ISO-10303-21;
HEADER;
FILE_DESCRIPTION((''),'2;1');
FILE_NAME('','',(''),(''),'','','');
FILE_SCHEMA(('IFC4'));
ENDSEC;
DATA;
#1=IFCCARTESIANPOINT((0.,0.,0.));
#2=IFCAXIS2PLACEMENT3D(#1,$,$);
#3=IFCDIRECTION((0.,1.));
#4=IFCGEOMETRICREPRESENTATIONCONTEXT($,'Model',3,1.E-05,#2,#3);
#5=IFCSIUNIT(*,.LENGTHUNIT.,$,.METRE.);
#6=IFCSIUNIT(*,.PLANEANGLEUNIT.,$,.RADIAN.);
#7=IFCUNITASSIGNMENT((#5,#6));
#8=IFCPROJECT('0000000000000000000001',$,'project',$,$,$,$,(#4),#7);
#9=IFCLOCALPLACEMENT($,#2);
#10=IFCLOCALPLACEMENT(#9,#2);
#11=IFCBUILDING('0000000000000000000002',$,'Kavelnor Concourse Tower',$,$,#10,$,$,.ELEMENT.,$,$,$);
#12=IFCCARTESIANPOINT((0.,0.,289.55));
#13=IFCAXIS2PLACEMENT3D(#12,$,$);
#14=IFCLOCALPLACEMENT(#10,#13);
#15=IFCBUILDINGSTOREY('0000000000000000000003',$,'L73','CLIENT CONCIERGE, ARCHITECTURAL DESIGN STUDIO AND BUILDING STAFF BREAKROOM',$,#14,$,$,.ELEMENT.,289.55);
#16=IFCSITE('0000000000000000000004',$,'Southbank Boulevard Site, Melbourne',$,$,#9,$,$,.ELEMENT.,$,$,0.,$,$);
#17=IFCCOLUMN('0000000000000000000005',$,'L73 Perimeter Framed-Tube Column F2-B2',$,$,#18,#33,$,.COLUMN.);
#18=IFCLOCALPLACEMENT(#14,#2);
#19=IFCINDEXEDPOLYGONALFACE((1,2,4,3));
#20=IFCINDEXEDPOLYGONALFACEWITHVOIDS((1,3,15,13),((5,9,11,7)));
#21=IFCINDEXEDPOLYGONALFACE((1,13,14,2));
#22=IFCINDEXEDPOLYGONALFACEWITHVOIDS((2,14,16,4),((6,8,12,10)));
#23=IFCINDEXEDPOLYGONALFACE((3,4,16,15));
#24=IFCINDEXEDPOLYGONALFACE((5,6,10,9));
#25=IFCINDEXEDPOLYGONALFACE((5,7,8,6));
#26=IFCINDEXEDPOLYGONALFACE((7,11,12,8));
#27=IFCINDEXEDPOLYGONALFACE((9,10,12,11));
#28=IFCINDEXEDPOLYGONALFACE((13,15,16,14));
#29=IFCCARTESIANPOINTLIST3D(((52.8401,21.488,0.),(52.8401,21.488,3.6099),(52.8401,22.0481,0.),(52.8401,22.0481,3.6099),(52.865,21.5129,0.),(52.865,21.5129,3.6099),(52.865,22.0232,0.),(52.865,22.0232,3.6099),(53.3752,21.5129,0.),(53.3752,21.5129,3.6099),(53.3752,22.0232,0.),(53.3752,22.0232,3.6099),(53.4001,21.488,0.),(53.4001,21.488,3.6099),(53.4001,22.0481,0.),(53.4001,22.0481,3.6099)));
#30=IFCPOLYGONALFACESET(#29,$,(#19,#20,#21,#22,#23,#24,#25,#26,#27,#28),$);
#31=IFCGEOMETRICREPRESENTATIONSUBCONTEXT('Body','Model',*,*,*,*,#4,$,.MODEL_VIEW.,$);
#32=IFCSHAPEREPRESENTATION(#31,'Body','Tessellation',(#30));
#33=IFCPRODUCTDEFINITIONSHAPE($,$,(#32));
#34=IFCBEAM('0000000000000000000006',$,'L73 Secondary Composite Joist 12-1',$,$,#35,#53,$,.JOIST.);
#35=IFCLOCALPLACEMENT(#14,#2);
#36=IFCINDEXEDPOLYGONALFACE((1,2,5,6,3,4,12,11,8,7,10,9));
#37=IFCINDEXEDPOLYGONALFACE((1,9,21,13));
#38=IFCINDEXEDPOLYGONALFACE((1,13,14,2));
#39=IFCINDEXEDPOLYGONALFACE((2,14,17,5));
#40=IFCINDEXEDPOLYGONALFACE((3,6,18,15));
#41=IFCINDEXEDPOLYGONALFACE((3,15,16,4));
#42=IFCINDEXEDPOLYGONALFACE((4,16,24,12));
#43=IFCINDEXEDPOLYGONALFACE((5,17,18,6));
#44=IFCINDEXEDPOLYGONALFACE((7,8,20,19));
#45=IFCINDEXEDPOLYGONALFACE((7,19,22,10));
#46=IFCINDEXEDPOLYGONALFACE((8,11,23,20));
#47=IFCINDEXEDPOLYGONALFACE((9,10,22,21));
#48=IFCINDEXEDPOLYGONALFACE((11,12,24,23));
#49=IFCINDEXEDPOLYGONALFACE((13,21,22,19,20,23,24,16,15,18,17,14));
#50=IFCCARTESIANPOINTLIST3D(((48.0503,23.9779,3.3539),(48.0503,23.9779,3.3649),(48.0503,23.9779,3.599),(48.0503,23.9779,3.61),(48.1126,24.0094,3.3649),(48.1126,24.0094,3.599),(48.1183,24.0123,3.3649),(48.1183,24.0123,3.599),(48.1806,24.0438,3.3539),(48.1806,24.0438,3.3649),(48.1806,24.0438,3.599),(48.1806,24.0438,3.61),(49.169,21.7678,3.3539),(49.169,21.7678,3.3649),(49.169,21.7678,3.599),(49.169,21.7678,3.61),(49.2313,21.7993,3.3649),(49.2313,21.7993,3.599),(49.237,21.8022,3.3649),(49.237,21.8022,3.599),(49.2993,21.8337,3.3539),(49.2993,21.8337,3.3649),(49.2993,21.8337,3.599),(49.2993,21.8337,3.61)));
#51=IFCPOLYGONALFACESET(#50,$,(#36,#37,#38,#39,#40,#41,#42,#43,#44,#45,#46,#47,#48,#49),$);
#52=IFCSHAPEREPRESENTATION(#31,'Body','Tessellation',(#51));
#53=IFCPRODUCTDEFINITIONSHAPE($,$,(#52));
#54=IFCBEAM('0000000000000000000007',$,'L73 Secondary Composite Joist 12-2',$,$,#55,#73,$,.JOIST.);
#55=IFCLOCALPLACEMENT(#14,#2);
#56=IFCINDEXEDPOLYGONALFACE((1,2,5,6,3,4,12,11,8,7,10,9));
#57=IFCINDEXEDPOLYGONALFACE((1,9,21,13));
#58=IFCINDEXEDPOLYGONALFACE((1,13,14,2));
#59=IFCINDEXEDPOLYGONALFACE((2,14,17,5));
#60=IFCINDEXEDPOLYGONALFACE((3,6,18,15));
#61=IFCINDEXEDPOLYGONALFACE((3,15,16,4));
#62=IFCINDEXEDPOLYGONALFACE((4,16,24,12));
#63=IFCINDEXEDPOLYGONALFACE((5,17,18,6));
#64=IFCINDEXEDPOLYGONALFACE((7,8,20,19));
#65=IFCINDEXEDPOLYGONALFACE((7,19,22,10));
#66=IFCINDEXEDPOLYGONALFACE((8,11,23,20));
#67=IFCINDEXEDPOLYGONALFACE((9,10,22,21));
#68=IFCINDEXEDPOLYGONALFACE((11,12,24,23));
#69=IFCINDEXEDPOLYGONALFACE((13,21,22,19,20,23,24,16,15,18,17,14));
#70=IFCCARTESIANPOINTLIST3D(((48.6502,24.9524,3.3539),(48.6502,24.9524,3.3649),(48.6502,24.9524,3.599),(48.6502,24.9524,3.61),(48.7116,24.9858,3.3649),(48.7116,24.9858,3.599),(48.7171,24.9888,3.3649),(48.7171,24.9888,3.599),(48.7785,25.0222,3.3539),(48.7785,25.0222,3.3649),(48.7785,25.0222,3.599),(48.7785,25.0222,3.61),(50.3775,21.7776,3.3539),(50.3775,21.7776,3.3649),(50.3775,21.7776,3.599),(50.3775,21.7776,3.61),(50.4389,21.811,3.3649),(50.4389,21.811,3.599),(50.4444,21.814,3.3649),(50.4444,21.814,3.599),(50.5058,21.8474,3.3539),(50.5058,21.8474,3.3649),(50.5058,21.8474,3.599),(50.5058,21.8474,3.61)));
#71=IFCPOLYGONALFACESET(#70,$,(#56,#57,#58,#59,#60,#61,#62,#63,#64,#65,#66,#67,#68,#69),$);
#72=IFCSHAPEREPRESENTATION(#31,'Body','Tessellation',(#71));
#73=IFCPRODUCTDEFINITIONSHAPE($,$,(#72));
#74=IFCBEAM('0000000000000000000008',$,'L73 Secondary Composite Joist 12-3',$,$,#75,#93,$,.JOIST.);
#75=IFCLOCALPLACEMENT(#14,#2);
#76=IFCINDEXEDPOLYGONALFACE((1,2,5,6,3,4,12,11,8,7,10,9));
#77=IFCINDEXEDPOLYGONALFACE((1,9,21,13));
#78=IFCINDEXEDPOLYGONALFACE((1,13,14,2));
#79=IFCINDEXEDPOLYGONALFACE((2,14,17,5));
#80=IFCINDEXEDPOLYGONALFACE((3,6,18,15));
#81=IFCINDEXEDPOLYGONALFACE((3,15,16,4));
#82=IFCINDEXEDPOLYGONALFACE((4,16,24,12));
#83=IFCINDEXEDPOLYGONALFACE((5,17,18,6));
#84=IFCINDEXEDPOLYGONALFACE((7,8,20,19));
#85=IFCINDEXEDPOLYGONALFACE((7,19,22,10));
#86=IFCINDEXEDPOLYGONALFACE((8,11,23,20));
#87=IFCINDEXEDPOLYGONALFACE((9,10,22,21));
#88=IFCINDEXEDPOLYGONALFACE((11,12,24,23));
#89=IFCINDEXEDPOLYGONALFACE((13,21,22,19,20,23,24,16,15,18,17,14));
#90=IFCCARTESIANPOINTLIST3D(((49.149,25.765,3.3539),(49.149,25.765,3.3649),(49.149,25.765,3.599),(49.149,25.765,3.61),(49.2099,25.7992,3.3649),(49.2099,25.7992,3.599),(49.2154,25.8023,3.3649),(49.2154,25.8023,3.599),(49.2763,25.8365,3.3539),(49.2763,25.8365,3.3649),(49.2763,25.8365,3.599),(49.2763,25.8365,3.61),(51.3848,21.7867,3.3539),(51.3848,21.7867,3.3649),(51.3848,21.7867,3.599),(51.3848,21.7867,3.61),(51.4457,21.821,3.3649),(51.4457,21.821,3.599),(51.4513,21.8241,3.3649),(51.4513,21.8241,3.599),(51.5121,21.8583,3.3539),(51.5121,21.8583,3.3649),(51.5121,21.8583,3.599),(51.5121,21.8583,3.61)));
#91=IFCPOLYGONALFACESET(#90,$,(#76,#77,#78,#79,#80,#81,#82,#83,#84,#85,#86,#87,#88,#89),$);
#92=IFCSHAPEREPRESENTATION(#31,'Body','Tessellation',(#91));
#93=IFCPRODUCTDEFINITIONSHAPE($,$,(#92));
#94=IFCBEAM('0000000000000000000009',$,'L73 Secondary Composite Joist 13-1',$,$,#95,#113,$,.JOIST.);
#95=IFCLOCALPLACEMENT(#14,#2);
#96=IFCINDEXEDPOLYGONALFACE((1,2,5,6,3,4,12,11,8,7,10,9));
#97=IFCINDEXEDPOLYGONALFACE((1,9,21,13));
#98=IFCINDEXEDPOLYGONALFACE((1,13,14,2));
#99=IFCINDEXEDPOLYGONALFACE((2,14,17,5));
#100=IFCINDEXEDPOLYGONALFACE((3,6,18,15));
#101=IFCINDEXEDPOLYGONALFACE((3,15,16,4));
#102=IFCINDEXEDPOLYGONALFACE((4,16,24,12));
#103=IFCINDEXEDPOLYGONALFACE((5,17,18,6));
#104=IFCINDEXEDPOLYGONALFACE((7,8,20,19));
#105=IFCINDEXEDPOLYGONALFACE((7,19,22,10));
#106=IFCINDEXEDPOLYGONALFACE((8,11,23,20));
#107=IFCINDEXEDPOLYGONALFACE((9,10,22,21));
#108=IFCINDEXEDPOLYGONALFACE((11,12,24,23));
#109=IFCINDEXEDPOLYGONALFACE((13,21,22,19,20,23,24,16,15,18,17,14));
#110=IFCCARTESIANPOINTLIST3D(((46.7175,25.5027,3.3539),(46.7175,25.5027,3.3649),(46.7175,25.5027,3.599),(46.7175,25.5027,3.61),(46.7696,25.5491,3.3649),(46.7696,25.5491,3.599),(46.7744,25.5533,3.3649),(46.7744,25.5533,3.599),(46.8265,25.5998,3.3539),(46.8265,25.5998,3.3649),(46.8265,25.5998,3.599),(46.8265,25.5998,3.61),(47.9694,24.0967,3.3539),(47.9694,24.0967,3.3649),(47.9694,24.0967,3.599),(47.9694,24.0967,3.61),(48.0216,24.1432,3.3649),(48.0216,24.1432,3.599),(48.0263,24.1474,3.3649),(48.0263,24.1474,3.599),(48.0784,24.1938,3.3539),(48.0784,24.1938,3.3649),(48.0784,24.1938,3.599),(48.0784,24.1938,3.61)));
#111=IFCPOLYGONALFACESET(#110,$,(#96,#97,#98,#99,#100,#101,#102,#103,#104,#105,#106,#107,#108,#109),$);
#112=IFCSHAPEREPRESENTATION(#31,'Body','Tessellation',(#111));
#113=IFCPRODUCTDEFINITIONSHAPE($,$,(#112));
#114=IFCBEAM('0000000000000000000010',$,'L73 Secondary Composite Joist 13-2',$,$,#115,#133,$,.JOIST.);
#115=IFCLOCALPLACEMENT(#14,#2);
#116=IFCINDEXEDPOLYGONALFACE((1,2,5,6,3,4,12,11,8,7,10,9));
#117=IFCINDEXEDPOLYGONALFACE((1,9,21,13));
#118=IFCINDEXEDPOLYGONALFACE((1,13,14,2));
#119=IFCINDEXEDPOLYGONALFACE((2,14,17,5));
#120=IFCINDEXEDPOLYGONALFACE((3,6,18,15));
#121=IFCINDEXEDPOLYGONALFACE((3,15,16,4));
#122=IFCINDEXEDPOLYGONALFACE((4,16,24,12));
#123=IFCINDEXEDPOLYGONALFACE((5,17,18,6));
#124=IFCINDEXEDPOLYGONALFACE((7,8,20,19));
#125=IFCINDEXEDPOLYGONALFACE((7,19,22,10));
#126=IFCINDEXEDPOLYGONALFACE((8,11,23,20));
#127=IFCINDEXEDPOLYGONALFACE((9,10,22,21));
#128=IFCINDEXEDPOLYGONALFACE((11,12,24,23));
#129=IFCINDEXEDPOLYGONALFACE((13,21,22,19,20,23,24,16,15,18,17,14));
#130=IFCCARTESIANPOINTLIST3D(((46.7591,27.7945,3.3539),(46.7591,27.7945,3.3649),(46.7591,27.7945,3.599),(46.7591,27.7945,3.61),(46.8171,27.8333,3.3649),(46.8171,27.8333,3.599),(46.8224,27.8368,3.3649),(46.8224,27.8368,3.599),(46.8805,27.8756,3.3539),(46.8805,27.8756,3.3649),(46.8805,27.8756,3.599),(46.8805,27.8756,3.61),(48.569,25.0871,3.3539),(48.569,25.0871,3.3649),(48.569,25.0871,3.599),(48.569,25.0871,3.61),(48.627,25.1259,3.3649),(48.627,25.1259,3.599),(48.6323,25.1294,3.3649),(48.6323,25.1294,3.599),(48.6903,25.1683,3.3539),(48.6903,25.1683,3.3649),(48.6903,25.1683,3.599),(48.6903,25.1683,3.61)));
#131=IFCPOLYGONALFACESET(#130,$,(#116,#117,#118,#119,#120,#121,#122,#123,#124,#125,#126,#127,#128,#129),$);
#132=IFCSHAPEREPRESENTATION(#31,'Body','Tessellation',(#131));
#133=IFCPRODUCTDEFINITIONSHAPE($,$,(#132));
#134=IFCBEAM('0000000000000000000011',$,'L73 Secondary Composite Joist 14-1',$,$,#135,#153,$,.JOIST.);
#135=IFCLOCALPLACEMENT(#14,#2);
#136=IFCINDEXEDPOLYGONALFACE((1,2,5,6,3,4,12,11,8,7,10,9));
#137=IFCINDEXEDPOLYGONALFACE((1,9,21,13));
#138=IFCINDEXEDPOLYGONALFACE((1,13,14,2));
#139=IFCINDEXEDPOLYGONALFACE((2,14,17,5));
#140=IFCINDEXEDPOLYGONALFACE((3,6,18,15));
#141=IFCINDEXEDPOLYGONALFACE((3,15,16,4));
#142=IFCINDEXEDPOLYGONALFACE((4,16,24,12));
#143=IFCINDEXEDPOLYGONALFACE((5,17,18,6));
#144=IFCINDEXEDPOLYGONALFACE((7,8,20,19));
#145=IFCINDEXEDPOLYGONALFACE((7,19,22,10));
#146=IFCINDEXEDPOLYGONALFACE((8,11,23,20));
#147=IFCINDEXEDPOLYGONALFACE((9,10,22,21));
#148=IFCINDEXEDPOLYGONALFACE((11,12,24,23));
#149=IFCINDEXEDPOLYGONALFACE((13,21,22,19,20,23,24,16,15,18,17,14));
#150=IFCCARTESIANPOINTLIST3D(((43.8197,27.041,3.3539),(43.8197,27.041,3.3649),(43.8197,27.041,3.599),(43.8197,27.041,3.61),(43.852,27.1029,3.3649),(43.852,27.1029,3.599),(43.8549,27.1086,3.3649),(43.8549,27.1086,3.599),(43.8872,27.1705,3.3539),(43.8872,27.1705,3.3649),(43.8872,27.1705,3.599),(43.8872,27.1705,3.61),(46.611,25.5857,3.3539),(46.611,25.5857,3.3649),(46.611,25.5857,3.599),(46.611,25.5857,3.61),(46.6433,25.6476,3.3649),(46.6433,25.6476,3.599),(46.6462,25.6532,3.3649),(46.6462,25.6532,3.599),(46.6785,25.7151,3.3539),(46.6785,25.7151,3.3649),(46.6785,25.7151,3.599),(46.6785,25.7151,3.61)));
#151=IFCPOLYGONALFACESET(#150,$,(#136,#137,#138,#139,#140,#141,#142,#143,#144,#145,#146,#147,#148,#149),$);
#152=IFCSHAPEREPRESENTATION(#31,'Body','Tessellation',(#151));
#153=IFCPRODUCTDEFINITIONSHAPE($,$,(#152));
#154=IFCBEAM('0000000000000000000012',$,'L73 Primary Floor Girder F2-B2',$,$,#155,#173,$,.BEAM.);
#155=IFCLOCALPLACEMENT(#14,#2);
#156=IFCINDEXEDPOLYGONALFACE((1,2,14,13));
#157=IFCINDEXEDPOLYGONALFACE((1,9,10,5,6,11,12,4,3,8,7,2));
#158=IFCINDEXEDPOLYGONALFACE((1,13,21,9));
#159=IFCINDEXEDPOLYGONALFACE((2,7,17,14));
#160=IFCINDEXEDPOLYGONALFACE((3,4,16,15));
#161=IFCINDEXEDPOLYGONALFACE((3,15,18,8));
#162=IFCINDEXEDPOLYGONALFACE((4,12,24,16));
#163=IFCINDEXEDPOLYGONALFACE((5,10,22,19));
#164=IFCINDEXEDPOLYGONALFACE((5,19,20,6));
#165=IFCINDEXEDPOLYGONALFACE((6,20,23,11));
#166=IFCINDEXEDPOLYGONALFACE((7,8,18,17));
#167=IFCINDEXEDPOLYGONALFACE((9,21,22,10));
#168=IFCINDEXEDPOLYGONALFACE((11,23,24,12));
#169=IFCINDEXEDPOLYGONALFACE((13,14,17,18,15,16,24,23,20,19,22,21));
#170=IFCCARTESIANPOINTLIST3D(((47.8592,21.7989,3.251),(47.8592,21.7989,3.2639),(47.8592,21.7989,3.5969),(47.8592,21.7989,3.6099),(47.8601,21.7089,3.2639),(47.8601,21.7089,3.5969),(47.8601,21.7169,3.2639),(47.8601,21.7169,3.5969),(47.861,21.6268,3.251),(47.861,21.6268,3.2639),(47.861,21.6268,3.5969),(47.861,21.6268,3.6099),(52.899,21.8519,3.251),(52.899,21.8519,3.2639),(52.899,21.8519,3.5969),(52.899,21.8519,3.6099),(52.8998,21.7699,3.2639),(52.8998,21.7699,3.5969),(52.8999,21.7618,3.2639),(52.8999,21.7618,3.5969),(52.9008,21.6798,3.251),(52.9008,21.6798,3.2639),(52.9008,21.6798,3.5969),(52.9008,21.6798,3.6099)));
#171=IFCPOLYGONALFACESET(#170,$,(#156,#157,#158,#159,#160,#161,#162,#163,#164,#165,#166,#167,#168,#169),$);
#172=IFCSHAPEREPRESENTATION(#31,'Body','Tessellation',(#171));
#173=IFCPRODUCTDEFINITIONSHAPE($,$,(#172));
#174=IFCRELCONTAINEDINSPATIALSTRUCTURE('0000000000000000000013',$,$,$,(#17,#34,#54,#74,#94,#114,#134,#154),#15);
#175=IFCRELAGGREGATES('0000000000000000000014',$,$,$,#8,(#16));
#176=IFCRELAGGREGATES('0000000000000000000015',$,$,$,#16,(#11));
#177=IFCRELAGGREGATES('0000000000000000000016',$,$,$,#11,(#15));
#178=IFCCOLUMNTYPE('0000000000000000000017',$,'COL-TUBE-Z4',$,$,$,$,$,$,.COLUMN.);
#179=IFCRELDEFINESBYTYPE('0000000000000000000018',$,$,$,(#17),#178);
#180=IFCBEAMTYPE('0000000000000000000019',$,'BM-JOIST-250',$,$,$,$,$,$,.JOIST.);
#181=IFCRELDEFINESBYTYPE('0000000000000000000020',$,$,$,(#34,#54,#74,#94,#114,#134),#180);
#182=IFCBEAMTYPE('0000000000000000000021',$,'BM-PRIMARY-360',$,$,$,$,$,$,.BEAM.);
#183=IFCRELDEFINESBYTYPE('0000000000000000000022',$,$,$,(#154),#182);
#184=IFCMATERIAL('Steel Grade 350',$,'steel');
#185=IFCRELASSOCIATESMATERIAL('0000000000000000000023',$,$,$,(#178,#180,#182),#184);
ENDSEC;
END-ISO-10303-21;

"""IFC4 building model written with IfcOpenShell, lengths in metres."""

from ifc_helpers import new_model, si_unit, direction, frame, origin, origin_2d, place, context, subcontext, project, spatial, hollow_rectangle, i_section, extrude, material, material_profile, profile_set, type_object, element, save


model = new_model("IFC4")

# Units and contexts
model_context = context("Model", 3, precision=1e-05, world=origin(), true_north=direction((0.0, 1.0)))
body_context = subcontext(model_context, "Body", "Model", "MODEL_VIEW")
ifc_project = project(units=[si_unit("LENGTHUNIT", "METRE"), si_unit("PLANEANGLEUNIT", "RADIAN")], contexts=[model_context])

# Site, building, storey
site_placement = place(None, origin())
site = spatial("IfcSite", under=ifc_project, at=site_placement, Name="Southbank Boulevard Site, Melbourne", CompositionType="ELEMENT", RefElevation=0.0)
building_placement = place(site_placement, origin())
building = spatial("IfcBuilding", under=site, at=building_placement, Name="Kavelnor Concourse Tower", CompositionType="ELEMENT")
storey_placement = place(building_placement, frame((0.0, 0.0, 289.55)))
storey = spatial("IfcBuildingStorey", under=building, at=storey_placement, Name="L73", Description="CLIENT CONCIERGE, ARCHITECTURAL DESIGN STUDIO AND BUILDING STAFF BREAKROOM", CompositionType="ELEMENT", Elevation=289.55)

# Column
ifc_material_1 = material(Name="Steel Grade 350", Category="steel")
ifc_material_profile_1 = material_profile(ifc_material_1, hollow_rectangle(XDim=0.5601, YDim=0.5601, WallThickness=0.0249, at=origin_2d()), Name="SHS 560x560x25")
ifc_profile_set_1 = profile_set([ifc_material_profile_1], Name="Steel Grade 350")
column_type = type_object("IfcColumnType", Name="COL-TUBE-Z4", PredefinedType="COLUMN", material=ifc_profile_set_1)
column_placement = place(storey_placement, frame((53.1201, 21.7681, 0.0), z_axis=(0.0, 0.0, 1.0), x_axis=(1.0, 0.0, 0.0)))
element("IfcColumn", 1, at=column_placement, inside=storey, type_object=column_type, Name="L73 Perimeter Framed-Tube Column F2-B2", PredefinedType="COLUMN", context=body_context, shape_type="SweptSolid", body=[
    extrude(hollow_rectangle(XDim=0.5601, YDim=0.5601, WallThickness=0.0249, at=origin_2d()), origin(), (0.0, 0.0, 1.0), 3.6099),
])

# Beams
ifc_material_profile_2 = material_profile(ifc_material_1, i_section(OverallWidth=0.146, OverallDepth=0.2561, WebThickness=0.0063, FlangeThickness=0.011, at=origin_2d()), Name="250UB37")
ifc_profile_set_2 = profile_set([ifc_material_profile_2], Name="Steel Grade 350")
beam_type_1 = type_object("IfcBeamType", Name="BM-JOIST-250", PredefinedType="JOIST", material=ifc_profile_set_2)
beam_1_placement = place(storey_placement, frame((49.2341, 21.8008, 3.4819), z_axis=(-0.451624, 0.892208, 0.0), x_axis=(-0.892208, -0.451624, 0.0)))
element("IfcBeam", 2, at=beam_1_placement, inside=storey, type_object=beam_type_1, Name="L73 Secondary Composite Joist 12-1", PredefinedType="JOIST", context=body_context, shape_type="SweptSolid", body=[
    extrude(i_section(OverallWidth=0.146, OverallDepth=0.2561, WebThickness=0.0063, FlangeThickness=0.011, at=origin_2d()), origin(), (0.0, 0.0, 1.0), 2.4771),
])
beam_2_placement = place(storey_placement, frame((50.4417, 21.8125, 3.4819), z_axis=(-0.47791, 0.878409, 0.0), x_axis=(-0.878409, -0.47791, 0.0)))
element("IfcBeam", 3, at=beam_2_placement, inside=storey, type_object=beam_type_1, Name="L73 Secondary Composite Joist 12-2", PredefinedType="JOIST", context=body_context, shape_type="SweptSolid", body=[
    extrude(i_section(OverallWidth=0.146, OverallDepth=0.2561, WebThickness=0.0063, FlangeThickness=0.011, at=origin_2d()), origin(), (0.0, 0.0, 1.0), 3.6143),
])
beam_3_placement = place(storey_placement, frame((51.4485, 21.8225, 3.4819), z_axis=(-0.489939, 0.871757, 0.0), x_axis=(-0.871757, -0.489939, 0.0)))
element("IfcBeam", 4, at=beam_3_placement, inside=storey, type_object=beam_type_1, Name="L73 Secondary Composite Joist 12-3", PredefinedType="JOIST", context=body_context, shape_type="SweptSolid", body=[
    extrude(i_section(OverallWidth=0.146, OverallDepth=0.2561, WebThickness=0.0063, FlangeThickness=0.011, at=origin_2d()), origin(), (0.0, 0.0, 1.0), 4.5635),
])
beam_4_placement = place(storey_placement, frame((48.0239, 24.1453, 3.4819), z_axis=(-0.665008, 0.746837, 0.0), x_axis=(-0.746837, -0.665008, 0.0)))
element("IfcBeam", 5, at=beam_4_placement, inside=storey, type_object=beam_type_1, Name="L73 Secondary Composite Joist 13-1", PredefinedType="JOIST", context=body_context, shape_type="SweptSolid", body=[
    extrude(i_section(OverallWidth=0.146, OverallDepth=0.2561, WebThickness=0.0063, FlangeThickness=0.011, at=origin_2d()), origin(), (0.0, 0.0, 1.0), 1.8826),
])
beam_5_placement = place(storey_placement, frame((48.6296, 25.1277, 3.4819), z_axis=(-0.555755, 0.831346, 0.0), x_axis=(-0.831346, -0.555755, 0.0)))
element("IfcBeam", 6, at=beam_5_placement, inside=storey, type_object=beam_type_1, Name="L73 Secondary Composite Joist 13-2", PredefinedType="JOIST", context=body_context, shape_type="SweptSolid", body=[
    extrude(i_section(OverallWidth=0.146, OverallDepth=0.2561, WebThickness=0.0063, FlangeThickness=0.011, at=origin_2d()), origin(), (0.0, 0.0, 1.0), 3.2566),
])
beam_6_placement = place(storey_placement, frame((46.6448, 25.6504, 3.4819), z_axis=(-0.886713, 0.462319, 0.0), x_axis=(-0.462319, -0.886713, 0.0)))
element("IfcBeam", 7, at=beam_6_placement, inside=storey, type_object=beam_type_1, Name="L73 Secondary Composite Joist 14-1", PredefinedType="JOIST", context=body_context, shape_type="SweptSolid", body=[
    extrude(i_section(OverallWidth=0.146, OverallDepth=0.2561, WebThickness=0.0063, FlangeThickness=0.011, at=origin_2d()), origin(), (0.0, 0.0, 1.0), 3.1479),
])
ifc_material_profile_3 = material_profile(ifc_material_1, i_section(OverallWidth=0.1721, OverallDepth=0.3589, WebThickness=0.0081, FlangeThickness=0.0129, at=origin_2d()), Name="360UB56")
ifc_profile_set_3 = profile_set([ifc_material_profile_3], Name="Steel Grade 350")
beam_type_2 = type_object("IfcBeamType", Name="BM-PRIMARY-360", PredefinedType="BEAM", material=ifc_profile_set_3)
beam_7_placement = place(storey_placement, frame((47.8601, 21.7129, 3.4304), z_axis=(0.999945, 0.010511, 0.0), x_axis=(-0.010511, 0.999945, 0.0)))
element("IfcBeam", 8, at=beam_7_placement, inside=storey, type_object=beam_type_2, Name="L73 Primary Floor Girder F2-B2", PredefinedType="BEAM", context=body_context, shape_type="SweptSolid", body=[
    extrude(i_section(OverallWidth=0.1721, OverallDepth=0.3589, WebThickness=0.0081, FlangeThickness=0.0129, at=origin_2d()), origin(), (0.0, 0.0, 1.0), 5.04),
])

save(model, "model.ifc")
